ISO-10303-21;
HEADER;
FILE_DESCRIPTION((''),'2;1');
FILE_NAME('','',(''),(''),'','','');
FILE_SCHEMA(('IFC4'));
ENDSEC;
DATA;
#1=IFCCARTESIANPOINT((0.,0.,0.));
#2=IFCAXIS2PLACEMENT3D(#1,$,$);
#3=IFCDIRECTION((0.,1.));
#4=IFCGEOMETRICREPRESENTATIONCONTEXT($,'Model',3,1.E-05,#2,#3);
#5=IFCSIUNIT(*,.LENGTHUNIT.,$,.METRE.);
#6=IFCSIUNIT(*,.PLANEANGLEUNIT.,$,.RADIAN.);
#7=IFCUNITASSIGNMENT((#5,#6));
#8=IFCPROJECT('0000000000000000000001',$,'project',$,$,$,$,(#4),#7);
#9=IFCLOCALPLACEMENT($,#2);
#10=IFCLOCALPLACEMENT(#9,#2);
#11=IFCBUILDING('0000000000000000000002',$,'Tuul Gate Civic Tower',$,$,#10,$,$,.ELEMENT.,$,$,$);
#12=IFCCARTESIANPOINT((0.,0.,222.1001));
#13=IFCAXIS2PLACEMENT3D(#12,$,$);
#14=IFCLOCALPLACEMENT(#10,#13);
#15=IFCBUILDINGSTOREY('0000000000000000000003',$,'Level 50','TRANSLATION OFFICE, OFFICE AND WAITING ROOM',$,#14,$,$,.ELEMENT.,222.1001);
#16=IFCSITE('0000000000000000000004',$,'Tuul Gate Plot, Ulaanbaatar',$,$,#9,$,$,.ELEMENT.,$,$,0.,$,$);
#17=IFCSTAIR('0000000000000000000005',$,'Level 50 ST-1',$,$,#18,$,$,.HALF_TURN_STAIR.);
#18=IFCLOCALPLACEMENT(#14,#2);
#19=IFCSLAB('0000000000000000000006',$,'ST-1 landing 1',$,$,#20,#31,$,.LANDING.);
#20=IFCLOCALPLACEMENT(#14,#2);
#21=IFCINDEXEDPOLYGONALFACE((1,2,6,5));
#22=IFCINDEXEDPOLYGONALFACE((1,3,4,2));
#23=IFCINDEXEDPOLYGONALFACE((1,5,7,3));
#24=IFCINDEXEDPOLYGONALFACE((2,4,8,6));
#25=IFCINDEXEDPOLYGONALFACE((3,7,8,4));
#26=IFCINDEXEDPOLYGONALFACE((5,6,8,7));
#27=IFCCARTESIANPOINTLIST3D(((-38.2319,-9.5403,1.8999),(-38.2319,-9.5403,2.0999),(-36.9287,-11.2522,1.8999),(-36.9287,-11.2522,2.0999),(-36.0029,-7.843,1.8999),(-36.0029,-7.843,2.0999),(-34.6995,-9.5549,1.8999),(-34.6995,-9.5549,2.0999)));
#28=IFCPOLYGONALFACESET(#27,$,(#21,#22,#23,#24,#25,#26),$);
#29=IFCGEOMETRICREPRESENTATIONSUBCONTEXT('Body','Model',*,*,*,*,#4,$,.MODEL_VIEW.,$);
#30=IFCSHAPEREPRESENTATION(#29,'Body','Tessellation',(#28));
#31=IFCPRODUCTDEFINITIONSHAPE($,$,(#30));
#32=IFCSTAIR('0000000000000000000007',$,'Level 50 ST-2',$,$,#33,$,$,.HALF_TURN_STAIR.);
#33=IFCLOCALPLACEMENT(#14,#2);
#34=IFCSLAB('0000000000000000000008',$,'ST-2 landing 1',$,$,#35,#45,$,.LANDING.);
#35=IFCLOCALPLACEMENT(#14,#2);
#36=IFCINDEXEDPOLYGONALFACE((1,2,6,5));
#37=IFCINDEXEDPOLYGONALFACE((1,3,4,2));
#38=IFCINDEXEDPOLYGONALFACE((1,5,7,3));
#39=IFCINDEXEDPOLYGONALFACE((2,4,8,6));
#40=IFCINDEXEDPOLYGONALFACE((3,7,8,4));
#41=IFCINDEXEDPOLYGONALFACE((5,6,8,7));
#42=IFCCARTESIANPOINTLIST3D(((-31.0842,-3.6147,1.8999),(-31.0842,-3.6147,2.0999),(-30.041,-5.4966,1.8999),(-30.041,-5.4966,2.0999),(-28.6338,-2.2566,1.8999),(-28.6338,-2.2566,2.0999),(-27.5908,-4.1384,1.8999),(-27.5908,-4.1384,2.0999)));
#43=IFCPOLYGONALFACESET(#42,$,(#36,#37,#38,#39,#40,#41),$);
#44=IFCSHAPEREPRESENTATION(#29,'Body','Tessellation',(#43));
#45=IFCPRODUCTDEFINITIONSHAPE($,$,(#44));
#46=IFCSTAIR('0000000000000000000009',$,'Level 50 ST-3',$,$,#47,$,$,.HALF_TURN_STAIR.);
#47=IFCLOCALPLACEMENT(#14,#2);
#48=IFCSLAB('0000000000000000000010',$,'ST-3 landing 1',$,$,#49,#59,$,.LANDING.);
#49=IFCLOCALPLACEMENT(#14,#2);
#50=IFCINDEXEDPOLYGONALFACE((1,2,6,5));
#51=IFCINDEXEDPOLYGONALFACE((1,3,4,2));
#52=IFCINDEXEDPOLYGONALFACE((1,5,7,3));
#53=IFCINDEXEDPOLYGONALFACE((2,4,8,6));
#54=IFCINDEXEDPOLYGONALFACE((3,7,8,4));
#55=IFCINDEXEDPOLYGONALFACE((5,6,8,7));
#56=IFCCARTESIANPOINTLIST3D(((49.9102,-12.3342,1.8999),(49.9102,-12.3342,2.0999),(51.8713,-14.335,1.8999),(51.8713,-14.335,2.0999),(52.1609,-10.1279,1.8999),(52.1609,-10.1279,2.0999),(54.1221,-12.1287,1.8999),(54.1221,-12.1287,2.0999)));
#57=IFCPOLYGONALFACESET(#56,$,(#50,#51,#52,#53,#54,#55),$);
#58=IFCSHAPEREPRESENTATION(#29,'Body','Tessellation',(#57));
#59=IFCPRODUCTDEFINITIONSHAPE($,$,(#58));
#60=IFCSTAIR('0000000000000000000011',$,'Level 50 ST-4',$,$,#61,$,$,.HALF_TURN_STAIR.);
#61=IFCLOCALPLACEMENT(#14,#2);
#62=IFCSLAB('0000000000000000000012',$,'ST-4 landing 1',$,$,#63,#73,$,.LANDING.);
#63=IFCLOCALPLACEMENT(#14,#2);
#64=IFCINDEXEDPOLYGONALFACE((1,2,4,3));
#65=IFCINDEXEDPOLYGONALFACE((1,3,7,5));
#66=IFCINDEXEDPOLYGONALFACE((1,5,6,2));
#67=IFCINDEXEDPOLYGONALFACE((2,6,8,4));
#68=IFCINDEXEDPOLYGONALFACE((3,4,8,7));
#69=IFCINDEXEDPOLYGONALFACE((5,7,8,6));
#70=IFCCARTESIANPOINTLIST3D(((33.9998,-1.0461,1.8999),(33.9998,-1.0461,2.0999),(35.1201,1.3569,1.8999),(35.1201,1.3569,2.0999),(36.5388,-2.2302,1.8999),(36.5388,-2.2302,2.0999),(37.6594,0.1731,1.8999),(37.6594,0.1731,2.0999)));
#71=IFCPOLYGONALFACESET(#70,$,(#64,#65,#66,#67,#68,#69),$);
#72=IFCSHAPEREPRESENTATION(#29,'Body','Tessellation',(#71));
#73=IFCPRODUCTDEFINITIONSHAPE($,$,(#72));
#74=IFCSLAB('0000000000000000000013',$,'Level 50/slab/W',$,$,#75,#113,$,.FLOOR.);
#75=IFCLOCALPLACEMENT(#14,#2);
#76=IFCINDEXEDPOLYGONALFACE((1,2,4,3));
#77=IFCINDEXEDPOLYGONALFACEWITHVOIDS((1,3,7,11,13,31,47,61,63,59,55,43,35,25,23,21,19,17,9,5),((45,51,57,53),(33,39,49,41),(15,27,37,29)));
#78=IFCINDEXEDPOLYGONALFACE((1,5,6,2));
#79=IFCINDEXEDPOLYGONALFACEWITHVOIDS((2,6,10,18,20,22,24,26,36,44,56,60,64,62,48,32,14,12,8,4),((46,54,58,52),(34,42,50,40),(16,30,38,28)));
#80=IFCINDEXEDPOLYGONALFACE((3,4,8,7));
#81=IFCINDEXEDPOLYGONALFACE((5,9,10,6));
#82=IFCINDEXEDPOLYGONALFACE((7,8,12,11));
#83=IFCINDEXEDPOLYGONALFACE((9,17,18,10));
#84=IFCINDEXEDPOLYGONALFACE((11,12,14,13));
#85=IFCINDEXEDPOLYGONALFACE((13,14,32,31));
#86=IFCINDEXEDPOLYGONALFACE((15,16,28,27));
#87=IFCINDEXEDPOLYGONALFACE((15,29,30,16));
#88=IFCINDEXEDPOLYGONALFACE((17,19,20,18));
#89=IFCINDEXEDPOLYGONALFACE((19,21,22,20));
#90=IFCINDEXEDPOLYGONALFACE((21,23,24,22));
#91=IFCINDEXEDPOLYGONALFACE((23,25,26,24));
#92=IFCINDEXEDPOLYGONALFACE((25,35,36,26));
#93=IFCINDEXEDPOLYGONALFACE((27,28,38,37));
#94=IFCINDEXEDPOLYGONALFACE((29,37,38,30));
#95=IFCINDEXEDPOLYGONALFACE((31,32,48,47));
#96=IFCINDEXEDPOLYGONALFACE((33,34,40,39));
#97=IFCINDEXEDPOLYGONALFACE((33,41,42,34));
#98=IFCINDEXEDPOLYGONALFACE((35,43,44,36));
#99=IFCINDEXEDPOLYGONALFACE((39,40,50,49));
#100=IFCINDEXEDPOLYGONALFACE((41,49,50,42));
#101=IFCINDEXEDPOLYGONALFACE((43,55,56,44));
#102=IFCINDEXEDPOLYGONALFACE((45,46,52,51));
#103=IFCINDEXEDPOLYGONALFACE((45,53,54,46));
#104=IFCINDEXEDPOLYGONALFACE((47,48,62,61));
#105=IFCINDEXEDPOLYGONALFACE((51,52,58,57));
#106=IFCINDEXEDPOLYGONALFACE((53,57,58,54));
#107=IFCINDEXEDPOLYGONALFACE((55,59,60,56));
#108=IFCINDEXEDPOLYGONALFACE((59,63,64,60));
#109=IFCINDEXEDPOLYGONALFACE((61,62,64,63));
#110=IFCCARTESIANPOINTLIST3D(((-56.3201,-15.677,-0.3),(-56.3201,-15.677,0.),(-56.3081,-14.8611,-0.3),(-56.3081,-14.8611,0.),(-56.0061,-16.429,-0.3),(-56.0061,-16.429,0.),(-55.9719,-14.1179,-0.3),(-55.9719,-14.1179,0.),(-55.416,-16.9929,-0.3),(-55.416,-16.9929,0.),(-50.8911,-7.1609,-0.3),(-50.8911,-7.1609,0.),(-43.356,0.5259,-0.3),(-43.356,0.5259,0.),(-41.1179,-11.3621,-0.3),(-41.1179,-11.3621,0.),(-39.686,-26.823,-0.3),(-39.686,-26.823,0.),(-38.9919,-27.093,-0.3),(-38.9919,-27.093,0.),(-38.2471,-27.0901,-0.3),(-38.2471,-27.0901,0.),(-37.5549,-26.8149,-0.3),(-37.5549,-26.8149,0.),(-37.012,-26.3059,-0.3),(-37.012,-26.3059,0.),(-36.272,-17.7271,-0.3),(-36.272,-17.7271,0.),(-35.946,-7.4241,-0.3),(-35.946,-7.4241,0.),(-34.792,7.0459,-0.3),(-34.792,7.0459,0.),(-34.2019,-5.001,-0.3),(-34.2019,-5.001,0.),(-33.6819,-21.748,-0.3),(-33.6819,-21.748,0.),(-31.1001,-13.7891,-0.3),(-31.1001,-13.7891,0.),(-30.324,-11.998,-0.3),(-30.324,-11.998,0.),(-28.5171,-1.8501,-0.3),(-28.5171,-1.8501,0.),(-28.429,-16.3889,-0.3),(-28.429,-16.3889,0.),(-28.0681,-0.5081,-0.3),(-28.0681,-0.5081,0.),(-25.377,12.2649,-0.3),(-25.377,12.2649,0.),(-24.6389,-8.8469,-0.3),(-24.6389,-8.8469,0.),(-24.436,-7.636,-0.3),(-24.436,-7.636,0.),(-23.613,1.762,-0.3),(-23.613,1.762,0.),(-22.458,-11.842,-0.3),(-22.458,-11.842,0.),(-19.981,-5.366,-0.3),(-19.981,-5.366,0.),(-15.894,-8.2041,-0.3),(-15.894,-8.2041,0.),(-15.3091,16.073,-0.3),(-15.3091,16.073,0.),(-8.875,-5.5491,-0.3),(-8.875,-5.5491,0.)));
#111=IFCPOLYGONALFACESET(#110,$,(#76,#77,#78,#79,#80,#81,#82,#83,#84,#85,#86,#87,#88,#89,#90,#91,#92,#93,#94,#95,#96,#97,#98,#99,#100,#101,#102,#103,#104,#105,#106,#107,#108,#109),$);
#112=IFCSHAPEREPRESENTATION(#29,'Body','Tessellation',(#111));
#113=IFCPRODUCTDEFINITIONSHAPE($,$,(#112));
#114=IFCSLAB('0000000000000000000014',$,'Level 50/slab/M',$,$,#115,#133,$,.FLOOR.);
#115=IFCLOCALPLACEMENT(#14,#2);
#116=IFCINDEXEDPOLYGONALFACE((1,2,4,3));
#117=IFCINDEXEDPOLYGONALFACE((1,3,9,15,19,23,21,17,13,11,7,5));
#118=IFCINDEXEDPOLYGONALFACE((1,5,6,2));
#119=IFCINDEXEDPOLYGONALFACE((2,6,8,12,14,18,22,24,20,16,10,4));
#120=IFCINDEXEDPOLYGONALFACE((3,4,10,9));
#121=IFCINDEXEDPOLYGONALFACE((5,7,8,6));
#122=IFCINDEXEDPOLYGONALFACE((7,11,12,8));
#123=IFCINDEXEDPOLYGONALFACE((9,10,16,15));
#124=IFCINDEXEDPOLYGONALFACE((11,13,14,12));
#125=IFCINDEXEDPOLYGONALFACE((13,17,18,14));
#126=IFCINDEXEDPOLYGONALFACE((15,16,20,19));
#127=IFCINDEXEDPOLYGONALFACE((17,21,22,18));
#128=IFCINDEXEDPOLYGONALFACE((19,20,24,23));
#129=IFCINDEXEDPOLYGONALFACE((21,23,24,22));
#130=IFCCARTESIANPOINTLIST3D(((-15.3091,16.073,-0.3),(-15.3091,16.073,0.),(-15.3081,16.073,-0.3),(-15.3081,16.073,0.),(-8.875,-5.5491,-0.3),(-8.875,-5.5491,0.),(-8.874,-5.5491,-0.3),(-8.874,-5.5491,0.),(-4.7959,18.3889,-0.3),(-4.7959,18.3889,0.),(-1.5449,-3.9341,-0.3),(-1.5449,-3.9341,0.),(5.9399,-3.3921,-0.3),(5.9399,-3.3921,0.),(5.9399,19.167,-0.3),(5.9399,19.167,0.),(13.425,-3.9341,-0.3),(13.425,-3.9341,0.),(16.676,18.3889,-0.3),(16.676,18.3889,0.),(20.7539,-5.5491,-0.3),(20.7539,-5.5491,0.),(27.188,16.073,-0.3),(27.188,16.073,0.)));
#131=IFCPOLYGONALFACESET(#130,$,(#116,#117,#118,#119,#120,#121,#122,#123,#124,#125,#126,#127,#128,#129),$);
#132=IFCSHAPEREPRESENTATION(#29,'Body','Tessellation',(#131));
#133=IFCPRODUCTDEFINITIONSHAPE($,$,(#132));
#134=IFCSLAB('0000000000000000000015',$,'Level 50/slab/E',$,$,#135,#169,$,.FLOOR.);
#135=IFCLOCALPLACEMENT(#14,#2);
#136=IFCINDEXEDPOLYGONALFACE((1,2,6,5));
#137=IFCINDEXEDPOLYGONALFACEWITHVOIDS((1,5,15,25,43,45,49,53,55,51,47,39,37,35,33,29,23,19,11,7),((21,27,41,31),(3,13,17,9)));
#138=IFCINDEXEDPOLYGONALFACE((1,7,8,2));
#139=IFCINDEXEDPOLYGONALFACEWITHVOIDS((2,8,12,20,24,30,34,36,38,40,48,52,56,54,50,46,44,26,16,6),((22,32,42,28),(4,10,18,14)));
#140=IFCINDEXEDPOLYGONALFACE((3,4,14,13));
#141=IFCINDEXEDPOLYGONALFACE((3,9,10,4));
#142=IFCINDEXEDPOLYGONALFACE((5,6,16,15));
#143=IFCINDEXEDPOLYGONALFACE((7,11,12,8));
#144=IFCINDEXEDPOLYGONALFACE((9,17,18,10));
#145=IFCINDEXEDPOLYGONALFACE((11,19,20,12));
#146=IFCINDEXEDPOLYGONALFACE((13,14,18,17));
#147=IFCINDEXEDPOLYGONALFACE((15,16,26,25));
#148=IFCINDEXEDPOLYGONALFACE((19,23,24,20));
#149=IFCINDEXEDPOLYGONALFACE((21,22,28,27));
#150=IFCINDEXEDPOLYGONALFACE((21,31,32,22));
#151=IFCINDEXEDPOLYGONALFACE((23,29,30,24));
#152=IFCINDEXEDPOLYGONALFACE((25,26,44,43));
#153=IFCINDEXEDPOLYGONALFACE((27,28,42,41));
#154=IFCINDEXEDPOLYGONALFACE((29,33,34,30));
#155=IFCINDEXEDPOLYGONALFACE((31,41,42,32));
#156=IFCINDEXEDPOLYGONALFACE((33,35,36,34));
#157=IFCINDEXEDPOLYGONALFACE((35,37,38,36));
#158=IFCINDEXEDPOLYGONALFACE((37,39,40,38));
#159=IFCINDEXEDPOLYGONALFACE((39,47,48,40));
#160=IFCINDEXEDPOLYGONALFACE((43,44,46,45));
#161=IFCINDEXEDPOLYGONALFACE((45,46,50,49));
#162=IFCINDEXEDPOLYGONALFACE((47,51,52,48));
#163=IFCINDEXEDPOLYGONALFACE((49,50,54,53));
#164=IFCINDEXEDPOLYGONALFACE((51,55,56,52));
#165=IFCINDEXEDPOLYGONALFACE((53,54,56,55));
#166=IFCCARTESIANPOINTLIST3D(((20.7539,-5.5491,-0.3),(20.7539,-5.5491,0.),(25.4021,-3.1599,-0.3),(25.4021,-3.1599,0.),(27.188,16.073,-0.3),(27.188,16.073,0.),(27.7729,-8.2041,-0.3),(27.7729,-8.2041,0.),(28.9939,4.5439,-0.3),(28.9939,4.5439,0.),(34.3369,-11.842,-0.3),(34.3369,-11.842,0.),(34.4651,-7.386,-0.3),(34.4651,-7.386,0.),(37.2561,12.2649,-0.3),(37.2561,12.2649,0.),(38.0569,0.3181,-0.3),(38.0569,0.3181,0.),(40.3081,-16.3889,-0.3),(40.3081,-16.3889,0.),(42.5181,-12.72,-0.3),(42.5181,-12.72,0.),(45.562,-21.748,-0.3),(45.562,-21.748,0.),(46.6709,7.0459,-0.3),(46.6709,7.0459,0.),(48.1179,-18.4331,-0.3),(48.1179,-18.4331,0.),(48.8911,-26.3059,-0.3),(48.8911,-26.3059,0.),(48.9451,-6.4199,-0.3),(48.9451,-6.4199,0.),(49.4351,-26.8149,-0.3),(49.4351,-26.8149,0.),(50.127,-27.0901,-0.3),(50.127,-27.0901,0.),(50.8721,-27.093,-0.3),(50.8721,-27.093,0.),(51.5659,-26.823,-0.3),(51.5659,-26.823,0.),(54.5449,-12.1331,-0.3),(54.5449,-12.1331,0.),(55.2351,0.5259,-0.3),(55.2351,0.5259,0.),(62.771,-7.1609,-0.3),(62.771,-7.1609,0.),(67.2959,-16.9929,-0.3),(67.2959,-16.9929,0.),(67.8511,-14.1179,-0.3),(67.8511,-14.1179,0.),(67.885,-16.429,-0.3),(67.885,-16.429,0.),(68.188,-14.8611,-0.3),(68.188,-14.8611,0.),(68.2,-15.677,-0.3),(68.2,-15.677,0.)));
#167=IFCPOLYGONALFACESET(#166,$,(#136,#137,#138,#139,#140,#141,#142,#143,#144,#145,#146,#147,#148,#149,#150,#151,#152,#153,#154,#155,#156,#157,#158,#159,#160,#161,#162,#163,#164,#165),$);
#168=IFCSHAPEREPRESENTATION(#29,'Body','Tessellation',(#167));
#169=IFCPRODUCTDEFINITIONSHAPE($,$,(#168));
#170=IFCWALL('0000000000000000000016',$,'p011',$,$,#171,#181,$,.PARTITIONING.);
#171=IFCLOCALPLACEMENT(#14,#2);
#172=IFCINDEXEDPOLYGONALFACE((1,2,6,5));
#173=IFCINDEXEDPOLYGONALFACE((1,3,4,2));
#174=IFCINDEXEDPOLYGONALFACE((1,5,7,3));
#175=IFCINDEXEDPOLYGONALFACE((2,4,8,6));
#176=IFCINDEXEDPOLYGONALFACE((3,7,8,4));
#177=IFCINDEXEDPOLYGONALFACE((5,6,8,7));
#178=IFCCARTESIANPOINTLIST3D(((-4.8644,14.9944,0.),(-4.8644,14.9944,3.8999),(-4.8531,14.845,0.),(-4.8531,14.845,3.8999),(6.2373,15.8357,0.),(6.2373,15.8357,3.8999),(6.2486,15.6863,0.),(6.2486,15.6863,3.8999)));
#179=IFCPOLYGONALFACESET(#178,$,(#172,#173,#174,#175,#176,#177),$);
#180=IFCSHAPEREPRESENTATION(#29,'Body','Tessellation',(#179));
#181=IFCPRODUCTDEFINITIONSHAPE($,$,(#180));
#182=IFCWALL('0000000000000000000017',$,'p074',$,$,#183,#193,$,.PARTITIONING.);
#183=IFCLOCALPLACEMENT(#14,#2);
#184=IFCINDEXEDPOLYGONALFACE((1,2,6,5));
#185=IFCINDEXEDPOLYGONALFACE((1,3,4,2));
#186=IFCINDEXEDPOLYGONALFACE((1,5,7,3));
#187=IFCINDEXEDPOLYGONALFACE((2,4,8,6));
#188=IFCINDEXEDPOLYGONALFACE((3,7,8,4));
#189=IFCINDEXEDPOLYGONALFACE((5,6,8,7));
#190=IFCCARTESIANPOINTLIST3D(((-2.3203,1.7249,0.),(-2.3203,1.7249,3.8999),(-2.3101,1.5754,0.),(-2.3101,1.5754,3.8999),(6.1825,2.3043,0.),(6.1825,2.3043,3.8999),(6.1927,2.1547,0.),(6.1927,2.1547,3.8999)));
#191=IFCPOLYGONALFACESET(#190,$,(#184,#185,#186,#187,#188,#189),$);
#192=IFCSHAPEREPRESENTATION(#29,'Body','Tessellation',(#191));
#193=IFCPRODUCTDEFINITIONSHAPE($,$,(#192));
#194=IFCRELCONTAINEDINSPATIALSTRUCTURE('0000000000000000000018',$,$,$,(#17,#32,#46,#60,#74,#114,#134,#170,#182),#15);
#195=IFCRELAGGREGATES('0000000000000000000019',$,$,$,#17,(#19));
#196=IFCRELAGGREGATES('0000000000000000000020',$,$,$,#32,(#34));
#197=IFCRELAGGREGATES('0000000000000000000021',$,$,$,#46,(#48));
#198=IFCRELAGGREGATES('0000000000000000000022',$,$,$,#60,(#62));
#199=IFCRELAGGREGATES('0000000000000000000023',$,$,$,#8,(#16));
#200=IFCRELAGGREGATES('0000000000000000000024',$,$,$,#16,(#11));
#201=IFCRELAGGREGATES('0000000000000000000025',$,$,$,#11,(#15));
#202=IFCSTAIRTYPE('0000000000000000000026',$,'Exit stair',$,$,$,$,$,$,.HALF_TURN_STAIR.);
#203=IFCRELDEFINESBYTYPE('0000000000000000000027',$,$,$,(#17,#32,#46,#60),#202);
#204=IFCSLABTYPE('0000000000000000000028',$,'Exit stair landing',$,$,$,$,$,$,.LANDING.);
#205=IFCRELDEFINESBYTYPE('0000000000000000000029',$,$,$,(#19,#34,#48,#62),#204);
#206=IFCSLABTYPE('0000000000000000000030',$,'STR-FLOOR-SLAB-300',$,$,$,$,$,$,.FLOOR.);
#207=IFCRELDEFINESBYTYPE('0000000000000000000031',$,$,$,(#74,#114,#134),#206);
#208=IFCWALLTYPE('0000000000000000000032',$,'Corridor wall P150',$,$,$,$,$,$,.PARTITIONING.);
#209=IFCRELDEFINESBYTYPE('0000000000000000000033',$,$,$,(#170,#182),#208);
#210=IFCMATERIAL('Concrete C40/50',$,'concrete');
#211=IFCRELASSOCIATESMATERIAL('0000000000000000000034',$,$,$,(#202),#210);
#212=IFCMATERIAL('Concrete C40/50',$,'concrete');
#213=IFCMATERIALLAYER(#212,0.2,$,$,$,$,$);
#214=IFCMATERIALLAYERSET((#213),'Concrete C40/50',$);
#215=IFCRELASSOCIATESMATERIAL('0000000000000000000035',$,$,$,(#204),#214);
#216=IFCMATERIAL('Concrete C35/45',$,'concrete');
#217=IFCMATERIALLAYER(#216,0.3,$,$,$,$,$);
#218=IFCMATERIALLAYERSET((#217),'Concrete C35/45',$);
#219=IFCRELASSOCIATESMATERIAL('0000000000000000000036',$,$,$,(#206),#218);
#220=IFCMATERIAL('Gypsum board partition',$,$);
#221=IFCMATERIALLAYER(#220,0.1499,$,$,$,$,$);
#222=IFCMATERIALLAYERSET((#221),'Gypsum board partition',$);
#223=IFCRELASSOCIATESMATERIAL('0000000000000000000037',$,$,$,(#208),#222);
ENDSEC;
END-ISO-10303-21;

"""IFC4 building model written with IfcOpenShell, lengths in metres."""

from ifc_helpers import new_model, si_unit, direction, frame, frame_2d, origin, place, context, subcontext, project, spatial, polyline, rectangle, outline, extrude, material, layer, layer_set, type_object, element, aggregate, save


model = new_model("IFC4")

# Units and contexts
model_context = context("Model", 3, precision=1e-05, world=origin(), true_north=direction((0.0, 1.0)))
body_context = subcontext(model_context, "Body", "Model", "MODEL_VIEW")
ifc_project = project(units=[si_unit("LENGTHUNIT", "METRE"), si_unit("PLANEANGLEUNIT", "RADIAN")], contexts=[model_context])

# Site, building, storey
site_placement = place(None, origin())
site = spatial("IfcSite", under=ifc_project, at=site_placement, Name="Tuul Gate Plot, Ulaanbaatar", CompositionType="ELEMENT", RefElevation=0.0)
building_placement = place(site_placement, origin())
building = spatial("IfcBuilding", under=site, at=building_placement, Name="Tuul Gate Civic Tower", CompositionType="ELEMENT")
storey_placement = place(building_placement, frame((0.0, 0.0, 222.1001)))
storey = spatial("IfcBuildingStorey", under=building, at=storey_placement, Name="Level 50", Description="TRANSLATION OFFICE, OFFICE AND WAITING ROOM", CompositionType="ELEMENT", Elevation=222.1001)

# Stairs, slabs
ifc_material_1 = material(Name="Concrete C40/50", Category="concrete")
stair_type = type_object("IfcStairType", Name="Exit stair", PredefinedType="HALF_TURN_STAIR", material=ifc_material_1)
stair_1_placement = place(storey_placement, origin())
stair_1 = element("IfcStair", 1, at=stair_1_placement, inside=storey, type_object=stair_type, Name="Level 50 ST-1", PredefinedType="HALF_TURN_STAIR")
ifc_material_2 = material(Name="Concrete C40/50", Category="concrete")
ifc_layer_1 = layer(ifc_material_2, 0.2)
ifc_layer_set_1 = layer_set([ifc_layer_1], Name="Concrete C40/50")
slab_type_1 = type_object("IfcSlabType", Name="Exit stair landing", PredefinedType="LANDING", material=ifc_layer_set_1)
slab_1_placement = place(storey_placement, frame((0.0, 0.0, 1.8999)))
slab_1 = element("IfcSlab", 2, at=slab_1_placement, type_object=slab_type_1, Name="ST-1 landing 1", PredefinedType="LANDING", context=body_context, shape_type="SweptSolid", body=[
    extrude(outline(polyline([(-34.6995, -9.5549), (-36.9287, -11.2522), (-38.2319, -9.5403), (-36.0029, -7.843), (-34.6995, -9.5549)])), origin(), (0.0, 0.0, 1.0), 0.2),
])
aggregate(stair_1, [slab_1])
stair_2_placement = place(storey_placement, origin())
stair_2 = element("IfcStair", 3, at=stair_2_placement, inside=storey, type_object=stair_type, Name="Level 50 ST-2", PredefinedType="HALF_TURN_STAIR")
slab_2_placement = place(storey_placement, frame((0.0, 0.0, 1.8999)))
slab_2 = element("IfcSlab", 4, at=slab_2_placement, type_object=slab_type_1, Name="ST-2 landing 1", PredefinedType="LANDING", context=body_context, shape_type="SweptSolid", body=[
    extrude(outline(polyline([(-27.5908, -4.1384), (-30.041, -5.4966), (-31.0842, -3.6147), (-28.6338, -2.2566), (-27.5908, -4.1384)])), origin(), (0.0, 0.0, 1.0), 0.2),
])
aggregate(stair_2, [slab_2])
stair_3_placement = place(storey_placement, origin())
stair_3 = element("IfcStair", 5, at=stair_3_placement, inside=storey, type_object=stair_type, Name="Level 50 ST-3", PredefinedType="HALF_TURN_STAIR")
slab_3_placement = place(storey_placement, frame((0.0, 0.0, 1.8999)))
slab_3 = element("IfcSlab", 6, at=slab_3_placement, type_object=slab_type_1, Name="ST-3 landing 1", PredefinedType="LANDING", context=body_context, shape_type="SweptSolid", body=[
    extrude(outline(polyline([(51.8713, -14.335), (49.9102, -12.3342), (52.1609, -10.1279), (54.1221, -12.1287), (51.8713, -14.335)])), origin(), (0.0, 0.0, 1.0), 0.2),
])
aggregate(stair_3, [slab_3])
stair_4_placement = place(storey_placement, origin())
stair_4 = element("IfcStair", 7, at=stair_4_placement, inside=storey, type_object=stair_type, Name="Level 50 ST-4", PredefinedType="HALF_TURN_STAIR")
slab_4_placement = place(storey_placement, frame((0.0, 0.0, 1.8999)))
slab_4 = element("IfcSlab", 8, at=slab_4_placement, type_object=slab_type_1, Name="ST-4 landing 1", PredefinedType="LANDING", context=body_context, shape_type="SweptSolid", body=[
    extrude(outline(polyline([(36.5388, -2.2302), (33.9998, -1.0461), (35.1201, 1.3569), (37.6594, 0.1731), (36.5388, -2.2302)])), origin(), (0.0, 0.0, 1.0), 0.2),
])
aggregate(stair_4, [slab_4])

# Slabs
ifc_material_3 = material(Name="Concrete C35/45", Category="concrete")
ifc_layer_2 = layer(ifc_material_3, 0.3)
ifc_layer_set_2 = layer_set([ifc_layer_2], Name="Concrete C35/45")
slab_type_2 = type_object("IfcSlabType", Name="STR-FLOOR-SLAB-300", PredefinedType="FLOOR", material=ifc_layer_set_2)
slab_5_placement = place(storey_placement, frame((0.0, 0.0, -0.3)))
element("IfcSlab", 9, at=slab_5_placement, inside=storey, type_object=slab_type_2, Name="Level 50/slab/W", PredefinedType="FLOOR", context=body_context, shape_type="SweptSolid", body=[
    extrude(outline(polyline([(-15.894, -8.2041), (-8.875, -5.5491), (-15.3091, 16.073), (-25.377, 12.2649), (-34.792, 7.0459), (-43.356, 0.5259), (-50.8911, -7.1609), (-55.9719, -14.1179), (-56.3081, -14.8611), (-56.3201, -15.677), (-56.0061, -16.429), (-55.416, -16.9929), (-39.686, -26.823), (-38.9919, -27.093), (-38.2471, -27.0901), (-37.5549, -26.8149), (-37.012, -26.3059), (-33.6819, -21.748), (-28.429, -16.3889), (-22.458, -11.842), (-15.894, -8.2041)]), holes=[polyline([(-31.1001, -13.7891), (-36.272, -17.7271), (-41.1179, -11.3621), (-35.946, -7.4241), (-31.1001, -13.7891)]), polyline([(-24.6389, -8.8469), (-30.324, -11.998), (-34.2019, -5.001), (-28.5171, -1.8501), (-24.6389, -8.8469)]), polyline([(-24.436, -7.636), (-28.0681, -0.5081), (-23.613, 1.762), (-19.981, -5.366), (-24.436, -7.636)])]), origin(), (0.0, 0.0, 1.0), 0.3),
])
slab_6_placement = place(storey_placement, frame((0.0, 0.0, -0.3)))
element("IfcSlab", 10, at=slab_6_placement, inside=storey, type_object=slab_type_2, Name="Level 50/slab/M", PredefinedType="FLOOR", context=body_context, shape_type="SweptSolid", body=[
    extrude(outline(polyline([(13.425, -3.9341), (20.7539, -5.5491), (27.188, 16.073), (16.676, 18.3889), (5.9399, 19.167), (-4.7959, 18.3889), (-15.3081, 16.073), (-15.3091, 16.073), (-8.875, -5.5491), (-8.874, -5.5491), (-1.5449, -3.9341), (5.9399, -3.3921), (13.425, -3.9341)])), origin(), (0.0, 0.0, 1.0), 0.3),
])
slab_7_placement = place(storey_placement, frame((0.0, 0.0, -0.3)))
element("IfcSlab", 11, at=slab_7_placement, inside=storey, type_object=slab_type_2, Name="Level 50/slab/E", PredefinedType="FLOOR", context=body_context, shape_type="SweptSolid", body=[
    extrude(outline(polyline([(50.8721, -27.093), (51.5659, -26.823), (67.2959, -16.9929), (67.885, -16.429), (68.2, -15.677), (68.188, -14.8611), (67.8511, -14.1179), (62.771, -7.1609), (55.2351, 0.5259), (46.6709, 7.0459), (37.2561, 12.2649), (27.188, 16.073), (20.7539, -5.5491), (27.7729, -8.2041), (34.3369, -11.842), (40.3081, -16.3889), (45.562, -21.748), (48.8911, -26.3059), (49.4351, -26.8149), (50.127, -27.0901), (50.8721, -27.093)]), holes=[polyline([(48.1179, -18.4331), (42.5181, -12.72), (48.9451, -6.4199), (54.5449, -12.1331), (48.1179, -18.4331)]), polyline([(25.4021, -3.1599), (28.9939, 4.5439), (38.0569, 0.3181), (34.4651, -7.386), (25.4021, -3.1599)])]), origin(), (0.0, 0.0, 1.0), 0.3),
])

# Walls
ifc_material_4 = material(Name="Gypsum board partition")
ifc_layer_3 = layer(ifc_material_4, 0.1499)
ifc_layer_set_3 = layer_set([ifc_layer_3], Name="Gypsum board partition")
wall_type_1 = type_object("IfcWallType", Name="Corridor wall P150", PredefinedType="PARTITIONING", material=ifc_layer_set_3)
wall_1_placement = place(storey_placement, frame((-4.8589, 14.9197, 0.0), z_axis=(0.0, 0.0, 1.0), x_axis=(0.997141, 0.075565, 0.0)))
element("IfcWall", 12, at=wall_1_placement, inside=storey, type_object=wall_type_1, Name="p011", PredefinedType="PARTITIONING", context=body_context, shape_type="SweptSolid", body=[
    extrude(rectangle(XDim=11.1335, YDim=0.1499, at=frame_2d((5.5669, 0.0))), origin(), (0.0, 0.0, 1.0), 3.8999),
])
wall_2_placement = place(storey_placement, frame((-2.3152, 1.6501, 0.0), z_axis=(0.0, 0.0, 1.0), x_axis=(0.997687, 0.067979, 0.0)))
element("IfcWall", 13, at=wall_2_placement, inside=storey, type_object=wall_type_1, Name="p074", PredefinedType="PARTITIONING", context=body_context, shape_type="SweptSolid", body=[
    extrude(rectangle(XDim=8.5225, YDim=0.1499, at=frame_2d((4.2612, 0.0))), origin(), (0.0, 0.0, 1.0), 3.8999),
])

save(model, "model.ifc")
